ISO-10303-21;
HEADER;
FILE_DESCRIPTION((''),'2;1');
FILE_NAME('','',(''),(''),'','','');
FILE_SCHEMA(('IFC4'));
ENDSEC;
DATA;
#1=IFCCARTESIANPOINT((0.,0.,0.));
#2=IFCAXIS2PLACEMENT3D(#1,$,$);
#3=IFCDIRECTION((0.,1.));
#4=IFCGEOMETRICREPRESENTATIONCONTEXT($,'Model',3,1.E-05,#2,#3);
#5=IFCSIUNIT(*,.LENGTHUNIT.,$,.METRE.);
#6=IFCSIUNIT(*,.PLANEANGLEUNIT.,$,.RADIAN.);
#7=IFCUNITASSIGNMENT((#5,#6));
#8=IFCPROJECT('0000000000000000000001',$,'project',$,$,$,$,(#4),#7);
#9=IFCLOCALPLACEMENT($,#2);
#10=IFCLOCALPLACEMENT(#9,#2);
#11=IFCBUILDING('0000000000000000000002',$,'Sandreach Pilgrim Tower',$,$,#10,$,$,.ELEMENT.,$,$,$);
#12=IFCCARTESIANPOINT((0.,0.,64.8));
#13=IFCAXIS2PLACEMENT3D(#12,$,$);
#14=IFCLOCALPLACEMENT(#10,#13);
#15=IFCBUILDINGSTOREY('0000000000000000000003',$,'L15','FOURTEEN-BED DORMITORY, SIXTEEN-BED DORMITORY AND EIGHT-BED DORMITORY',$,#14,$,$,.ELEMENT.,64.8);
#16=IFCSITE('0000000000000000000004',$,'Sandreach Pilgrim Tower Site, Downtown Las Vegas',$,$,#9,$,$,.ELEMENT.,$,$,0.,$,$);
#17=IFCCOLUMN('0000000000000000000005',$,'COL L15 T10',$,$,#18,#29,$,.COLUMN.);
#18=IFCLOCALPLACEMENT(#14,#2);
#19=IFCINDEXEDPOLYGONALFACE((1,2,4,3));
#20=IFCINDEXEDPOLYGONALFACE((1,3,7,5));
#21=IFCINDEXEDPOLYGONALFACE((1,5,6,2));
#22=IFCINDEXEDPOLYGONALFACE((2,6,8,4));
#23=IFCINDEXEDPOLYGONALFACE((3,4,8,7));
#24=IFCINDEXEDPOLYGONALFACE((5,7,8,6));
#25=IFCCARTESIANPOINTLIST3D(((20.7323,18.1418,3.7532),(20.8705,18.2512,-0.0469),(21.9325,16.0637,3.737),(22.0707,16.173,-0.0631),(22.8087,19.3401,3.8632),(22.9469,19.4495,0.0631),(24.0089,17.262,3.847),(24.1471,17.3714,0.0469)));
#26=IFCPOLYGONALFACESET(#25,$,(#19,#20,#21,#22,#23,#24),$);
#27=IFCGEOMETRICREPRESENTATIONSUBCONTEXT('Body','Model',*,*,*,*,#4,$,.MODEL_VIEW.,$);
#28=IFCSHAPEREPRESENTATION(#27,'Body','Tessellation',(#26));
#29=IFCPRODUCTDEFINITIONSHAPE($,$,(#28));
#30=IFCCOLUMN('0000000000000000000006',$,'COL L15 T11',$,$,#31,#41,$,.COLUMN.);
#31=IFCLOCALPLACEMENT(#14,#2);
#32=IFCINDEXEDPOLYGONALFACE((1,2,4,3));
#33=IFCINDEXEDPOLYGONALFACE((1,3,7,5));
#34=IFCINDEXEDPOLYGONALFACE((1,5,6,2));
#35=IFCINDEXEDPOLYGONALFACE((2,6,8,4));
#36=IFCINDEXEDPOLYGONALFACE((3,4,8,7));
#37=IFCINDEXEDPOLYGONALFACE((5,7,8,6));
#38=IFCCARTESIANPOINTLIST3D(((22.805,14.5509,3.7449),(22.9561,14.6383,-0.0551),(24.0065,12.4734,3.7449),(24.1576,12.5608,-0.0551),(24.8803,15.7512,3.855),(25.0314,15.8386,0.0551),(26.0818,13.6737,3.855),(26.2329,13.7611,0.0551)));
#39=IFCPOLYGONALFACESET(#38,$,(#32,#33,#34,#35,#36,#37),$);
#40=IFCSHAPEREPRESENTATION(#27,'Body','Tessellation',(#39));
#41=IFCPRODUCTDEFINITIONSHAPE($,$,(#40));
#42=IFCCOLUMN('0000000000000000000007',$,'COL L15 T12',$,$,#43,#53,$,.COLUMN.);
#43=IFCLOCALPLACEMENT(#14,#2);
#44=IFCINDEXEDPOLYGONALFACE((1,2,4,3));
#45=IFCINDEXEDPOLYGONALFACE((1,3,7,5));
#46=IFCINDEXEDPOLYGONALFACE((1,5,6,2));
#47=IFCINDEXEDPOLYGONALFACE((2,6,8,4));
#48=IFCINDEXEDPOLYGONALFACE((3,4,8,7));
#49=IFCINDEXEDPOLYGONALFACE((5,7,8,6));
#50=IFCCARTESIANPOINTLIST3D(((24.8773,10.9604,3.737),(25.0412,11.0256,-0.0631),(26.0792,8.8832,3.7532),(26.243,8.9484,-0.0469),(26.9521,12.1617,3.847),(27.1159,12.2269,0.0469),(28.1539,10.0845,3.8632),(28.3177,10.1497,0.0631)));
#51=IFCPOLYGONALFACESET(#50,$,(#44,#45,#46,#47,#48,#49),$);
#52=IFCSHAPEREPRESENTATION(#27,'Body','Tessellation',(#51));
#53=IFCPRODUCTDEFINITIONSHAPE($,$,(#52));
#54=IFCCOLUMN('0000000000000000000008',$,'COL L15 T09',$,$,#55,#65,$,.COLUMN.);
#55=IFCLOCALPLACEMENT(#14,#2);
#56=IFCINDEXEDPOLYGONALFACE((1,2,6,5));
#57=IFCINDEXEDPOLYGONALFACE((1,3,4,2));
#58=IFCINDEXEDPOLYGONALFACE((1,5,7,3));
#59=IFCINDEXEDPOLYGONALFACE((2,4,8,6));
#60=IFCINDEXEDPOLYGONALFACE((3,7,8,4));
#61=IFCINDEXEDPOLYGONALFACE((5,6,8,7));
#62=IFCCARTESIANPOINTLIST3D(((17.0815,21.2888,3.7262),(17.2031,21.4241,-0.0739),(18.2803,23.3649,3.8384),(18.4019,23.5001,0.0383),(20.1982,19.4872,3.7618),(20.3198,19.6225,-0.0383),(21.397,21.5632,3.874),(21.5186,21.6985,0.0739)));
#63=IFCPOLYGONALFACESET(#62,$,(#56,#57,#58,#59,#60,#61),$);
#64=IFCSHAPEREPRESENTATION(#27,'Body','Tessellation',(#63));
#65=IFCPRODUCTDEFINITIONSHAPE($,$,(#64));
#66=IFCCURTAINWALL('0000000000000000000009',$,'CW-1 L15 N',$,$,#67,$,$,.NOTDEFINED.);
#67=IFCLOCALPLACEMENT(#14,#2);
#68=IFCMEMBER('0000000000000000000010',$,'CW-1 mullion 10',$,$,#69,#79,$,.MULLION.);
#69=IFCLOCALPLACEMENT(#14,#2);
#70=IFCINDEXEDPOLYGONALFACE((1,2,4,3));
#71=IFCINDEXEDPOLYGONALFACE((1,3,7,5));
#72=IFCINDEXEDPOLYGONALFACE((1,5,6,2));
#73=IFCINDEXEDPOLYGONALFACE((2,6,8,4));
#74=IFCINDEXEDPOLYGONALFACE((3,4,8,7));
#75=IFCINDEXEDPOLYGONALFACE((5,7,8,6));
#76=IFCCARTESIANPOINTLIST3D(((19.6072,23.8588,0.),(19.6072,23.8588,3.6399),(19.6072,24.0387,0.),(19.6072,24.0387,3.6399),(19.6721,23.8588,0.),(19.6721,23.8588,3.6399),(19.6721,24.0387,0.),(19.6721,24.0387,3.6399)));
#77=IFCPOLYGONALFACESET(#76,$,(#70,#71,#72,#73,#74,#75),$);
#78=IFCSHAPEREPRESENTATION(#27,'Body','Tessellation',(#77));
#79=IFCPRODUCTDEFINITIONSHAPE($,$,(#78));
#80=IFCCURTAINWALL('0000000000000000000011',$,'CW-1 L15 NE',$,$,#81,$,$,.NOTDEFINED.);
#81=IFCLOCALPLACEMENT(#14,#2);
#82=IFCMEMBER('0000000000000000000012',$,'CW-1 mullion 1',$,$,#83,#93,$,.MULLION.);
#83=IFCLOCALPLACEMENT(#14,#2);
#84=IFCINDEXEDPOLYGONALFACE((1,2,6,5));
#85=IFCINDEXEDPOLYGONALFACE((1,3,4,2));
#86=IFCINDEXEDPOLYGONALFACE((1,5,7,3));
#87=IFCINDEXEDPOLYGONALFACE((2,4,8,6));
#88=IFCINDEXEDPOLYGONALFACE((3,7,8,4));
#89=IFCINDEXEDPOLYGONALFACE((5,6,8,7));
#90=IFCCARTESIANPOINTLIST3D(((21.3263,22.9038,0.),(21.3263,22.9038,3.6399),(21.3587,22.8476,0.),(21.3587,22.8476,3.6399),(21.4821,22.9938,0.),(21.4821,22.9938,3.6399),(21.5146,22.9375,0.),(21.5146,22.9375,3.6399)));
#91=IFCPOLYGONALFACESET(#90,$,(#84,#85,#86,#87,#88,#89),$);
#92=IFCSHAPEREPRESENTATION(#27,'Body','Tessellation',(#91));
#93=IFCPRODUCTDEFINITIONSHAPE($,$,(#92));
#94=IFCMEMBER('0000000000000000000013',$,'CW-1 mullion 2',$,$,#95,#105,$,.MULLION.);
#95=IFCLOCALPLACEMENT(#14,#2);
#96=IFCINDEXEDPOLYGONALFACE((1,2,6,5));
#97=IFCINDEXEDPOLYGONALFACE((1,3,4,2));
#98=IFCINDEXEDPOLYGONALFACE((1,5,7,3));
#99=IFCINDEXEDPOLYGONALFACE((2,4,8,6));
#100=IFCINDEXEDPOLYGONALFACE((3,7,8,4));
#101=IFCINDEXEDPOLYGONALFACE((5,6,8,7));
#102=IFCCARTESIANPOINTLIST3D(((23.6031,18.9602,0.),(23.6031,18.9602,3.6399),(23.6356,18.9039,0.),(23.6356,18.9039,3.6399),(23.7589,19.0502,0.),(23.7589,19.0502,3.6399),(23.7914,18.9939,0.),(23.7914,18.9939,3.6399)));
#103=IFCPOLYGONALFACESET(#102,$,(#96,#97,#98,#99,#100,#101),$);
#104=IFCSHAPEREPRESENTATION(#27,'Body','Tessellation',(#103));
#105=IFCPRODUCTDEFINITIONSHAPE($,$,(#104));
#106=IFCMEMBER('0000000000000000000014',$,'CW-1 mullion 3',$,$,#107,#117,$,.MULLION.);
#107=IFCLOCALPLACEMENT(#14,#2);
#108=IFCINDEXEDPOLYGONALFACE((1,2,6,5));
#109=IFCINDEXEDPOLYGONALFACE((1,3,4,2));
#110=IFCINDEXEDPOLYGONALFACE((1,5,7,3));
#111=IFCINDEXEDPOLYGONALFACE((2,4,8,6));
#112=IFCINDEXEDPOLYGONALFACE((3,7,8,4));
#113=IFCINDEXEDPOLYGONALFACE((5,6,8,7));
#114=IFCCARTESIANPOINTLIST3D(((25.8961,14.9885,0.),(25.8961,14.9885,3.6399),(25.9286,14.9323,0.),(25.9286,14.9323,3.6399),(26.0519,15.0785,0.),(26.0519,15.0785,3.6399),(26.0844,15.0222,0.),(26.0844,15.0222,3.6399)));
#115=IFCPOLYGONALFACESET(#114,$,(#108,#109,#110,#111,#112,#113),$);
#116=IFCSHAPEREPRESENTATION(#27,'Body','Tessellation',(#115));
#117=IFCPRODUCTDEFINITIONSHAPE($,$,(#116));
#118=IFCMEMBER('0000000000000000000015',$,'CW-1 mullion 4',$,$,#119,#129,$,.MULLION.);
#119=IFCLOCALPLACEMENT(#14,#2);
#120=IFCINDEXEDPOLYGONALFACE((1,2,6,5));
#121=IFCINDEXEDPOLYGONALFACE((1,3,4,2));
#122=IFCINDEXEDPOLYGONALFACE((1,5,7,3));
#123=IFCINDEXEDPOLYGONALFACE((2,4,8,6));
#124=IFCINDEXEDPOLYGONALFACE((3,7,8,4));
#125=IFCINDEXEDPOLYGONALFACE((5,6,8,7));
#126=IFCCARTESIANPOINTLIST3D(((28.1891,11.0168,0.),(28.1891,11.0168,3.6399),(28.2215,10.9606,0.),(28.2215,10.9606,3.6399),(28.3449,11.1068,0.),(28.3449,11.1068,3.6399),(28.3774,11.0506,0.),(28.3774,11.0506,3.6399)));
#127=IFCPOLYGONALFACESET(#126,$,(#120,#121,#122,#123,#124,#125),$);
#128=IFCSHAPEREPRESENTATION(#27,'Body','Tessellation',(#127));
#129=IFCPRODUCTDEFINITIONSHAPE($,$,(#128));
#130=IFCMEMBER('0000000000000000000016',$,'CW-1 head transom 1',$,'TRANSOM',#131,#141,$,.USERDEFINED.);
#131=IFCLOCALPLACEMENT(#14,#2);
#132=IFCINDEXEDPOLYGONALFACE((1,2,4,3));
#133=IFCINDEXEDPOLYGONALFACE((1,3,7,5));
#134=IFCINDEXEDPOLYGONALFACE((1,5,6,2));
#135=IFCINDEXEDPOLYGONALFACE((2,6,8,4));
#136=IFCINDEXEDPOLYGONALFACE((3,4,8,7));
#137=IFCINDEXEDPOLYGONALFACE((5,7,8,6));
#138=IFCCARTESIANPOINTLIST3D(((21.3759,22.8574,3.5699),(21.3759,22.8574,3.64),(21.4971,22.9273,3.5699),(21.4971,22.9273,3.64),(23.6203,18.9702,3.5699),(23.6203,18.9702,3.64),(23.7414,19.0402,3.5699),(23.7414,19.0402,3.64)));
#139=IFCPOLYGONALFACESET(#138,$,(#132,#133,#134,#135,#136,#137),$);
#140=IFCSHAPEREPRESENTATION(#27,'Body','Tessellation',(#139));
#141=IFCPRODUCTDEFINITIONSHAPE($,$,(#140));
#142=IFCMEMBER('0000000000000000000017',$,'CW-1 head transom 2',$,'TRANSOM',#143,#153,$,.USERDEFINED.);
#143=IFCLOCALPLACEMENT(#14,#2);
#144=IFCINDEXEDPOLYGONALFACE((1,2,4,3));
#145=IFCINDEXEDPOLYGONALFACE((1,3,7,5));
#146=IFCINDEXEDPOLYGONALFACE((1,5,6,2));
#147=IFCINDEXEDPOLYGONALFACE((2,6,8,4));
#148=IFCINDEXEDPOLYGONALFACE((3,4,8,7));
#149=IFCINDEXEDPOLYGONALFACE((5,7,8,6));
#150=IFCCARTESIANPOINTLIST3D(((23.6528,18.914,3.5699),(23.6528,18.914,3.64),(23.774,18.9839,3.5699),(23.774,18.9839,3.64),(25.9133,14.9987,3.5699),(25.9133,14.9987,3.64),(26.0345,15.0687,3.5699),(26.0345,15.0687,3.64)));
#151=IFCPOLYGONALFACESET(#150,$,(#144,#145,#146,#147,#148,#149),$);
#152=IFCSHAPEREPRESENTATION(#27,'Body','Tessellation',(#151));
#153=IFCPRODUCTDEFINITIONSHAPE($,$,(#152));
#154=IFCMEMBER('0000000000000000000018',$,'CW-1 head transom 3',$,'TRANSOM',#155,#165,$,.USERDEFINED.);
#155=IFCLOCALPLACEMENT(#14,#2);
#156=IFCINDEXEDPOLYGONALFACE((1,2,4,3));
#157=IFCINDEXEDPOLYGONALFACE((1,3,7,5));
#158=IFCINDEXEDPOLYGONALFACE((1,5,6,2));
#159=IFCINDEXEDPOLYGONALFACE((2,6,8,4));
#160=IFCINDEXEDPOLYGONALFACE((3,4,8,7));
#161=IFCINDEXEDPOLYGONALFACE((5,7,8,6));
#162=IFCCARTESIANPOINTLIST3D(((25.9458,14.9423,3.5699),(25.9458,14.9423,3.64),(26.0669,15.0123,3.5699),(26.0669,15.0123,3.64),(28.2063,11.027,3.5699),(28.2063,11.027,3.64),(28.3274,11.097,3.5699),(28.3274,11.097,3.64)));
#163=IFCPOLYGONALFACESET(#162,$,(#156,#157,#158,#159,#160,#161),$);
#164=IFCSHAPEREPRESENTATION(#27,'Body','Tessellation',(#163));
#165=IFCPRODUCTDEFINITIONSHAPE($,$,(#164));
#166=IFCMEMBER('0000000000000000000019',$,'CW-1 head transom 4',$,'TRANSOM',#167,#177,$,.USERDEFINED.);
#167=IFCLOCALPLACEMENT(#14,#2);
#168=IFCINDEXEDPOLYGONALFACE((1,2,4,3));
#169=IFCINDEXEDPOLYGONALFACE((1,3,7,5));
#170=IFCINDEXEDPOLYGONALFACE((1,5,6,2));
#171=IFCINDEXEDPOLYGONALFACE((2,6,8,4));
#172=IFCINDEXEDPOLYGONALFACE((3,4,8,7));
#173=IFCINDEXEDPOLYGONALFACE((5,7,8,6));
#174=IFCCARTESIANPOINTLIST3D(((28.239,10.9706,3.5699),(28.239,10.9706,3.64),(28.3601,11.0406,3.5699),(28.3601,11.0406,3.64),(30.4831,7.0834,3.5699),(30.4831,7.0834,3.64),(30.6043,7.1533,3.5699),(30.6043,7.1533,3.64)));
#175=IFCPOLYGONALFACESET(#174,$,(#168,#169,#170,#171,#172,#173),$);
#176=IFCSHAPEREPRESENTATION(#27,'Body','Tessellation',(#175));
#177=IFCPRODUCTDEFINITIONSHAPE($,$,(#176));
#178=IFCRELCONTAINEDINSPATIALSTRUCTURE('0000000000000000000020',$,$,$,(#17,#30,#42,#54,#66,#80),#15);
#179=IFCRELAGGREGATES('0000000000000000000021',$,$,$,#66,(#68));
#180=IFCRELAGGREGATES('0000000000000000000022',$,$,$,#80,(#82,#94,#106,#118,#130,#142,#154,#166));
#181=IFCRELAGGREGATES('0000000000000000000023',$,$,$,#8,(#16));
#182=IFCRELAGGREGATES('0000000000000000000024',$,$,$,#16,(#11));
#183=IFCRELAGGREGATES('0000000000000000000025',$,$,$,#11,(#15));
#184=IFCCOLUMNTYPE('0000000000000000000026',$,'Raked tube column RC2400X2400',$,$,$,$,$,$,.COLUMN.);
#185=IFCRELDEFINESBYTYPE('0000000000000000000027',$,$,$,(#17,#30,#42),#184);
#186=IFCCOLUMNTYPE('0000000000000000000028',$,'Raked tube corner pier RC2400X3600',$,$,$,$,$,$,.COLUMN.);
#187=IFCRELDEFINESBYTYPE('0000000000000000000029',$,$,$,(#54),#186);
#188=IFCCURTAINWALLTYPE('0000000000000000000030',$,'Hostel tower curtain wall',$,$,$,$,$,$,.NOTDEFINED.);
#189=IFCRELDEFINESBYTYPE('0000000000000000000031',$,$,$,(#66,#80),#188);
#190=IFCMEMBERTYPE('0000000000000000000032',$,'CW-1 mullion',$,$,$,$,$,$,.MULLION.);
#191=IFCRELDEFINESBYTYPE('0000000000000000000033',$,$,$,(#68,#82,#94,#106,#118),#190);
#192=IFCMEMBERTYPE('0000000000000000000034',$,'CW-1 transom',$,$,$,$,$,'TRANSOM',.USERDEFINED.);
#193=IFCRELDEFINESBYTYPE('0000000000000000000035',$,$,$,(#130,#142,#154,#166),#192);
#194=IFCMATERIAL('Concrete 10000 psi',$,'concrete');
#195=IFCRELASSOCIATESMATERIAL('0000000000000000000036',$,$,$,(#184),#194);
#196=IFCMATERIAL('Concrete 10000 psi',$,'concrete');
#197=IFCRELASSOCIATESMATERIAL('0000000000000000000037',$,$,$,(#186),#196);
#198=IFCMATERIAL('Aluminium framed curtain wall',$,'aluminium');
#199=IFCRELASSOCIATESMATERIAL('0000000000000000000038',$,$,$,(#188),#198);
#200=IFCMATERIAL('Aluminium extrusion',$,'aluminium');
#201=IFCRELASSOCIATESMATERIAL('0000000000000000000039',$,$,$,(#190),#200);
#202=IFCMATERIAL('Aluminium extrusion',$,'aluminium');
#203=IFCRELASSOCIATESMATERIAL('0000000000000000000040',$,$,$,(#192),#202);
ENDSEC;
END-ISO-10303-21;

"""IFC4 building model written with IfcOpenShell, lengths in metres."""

from ifc_helpers import new_model, si_unit, direction, frame, origin, origin_2d, place, context, subcontext, project, spatial, rectangle, extrude, material, material_profile, profile_set, type_object, element, aggregate, save


model = new_model("IFC4")

# Units and contexts
model_context = context("Model", 3, precision=1e-05, world=origin(), true_north=direction((0.0, 1.0)))
body_context = subcontext(model_context, "Body", "Model", "MODEL_VIEW")
ifc_project = project(units=[si_unit("LENGTHUNIT", "METRE"), si_unit("PLANEANGLEUNIT", "RADIAN")], contexts=[model_context])

# Site, building, storey
site_placement = place(None, origin())
site = spatial("IfcSite", under=ifc_project, at=site_placement, Name="Sandreach Pilgrim Tower Site, Downtown Las Vegas", CompositionType="ELEMENT", RefElevation=0.0)
building_placement = place(site_placement, origin())
building = spatial("IfcBuilding", under=site, at=building_placement, Name="Sandreach Pilgrim Tower", CompositionType="ELEMENT")
storey_placement = place(building_placement, frame((0.0, 0.0, 64.8)))
storey = spatial("IfcBuildingStorey", under=building, at=storey_placement, Name="L15", Description="FOURTEEN-BED DORMITORY, SIXTEEN-BED DORMITORY AND EIGHT-BED DORMITORY", CompositionType="ELEMENT", Elevation=64.8)

# Columns
ifc_material_1 = material(Name="Concrete 10000 psi", Category="concrete")
ifc_material_profile_1 = material_profile(ifc_material_1, rectangle(XDim=2.3999, YDim=2.3999, at=origin_2d()), Name="RC2400X2400")
ifc_profile_set_1 = profile_set([ifc_material_profile_1], Name="Concrete 10000 psi")
column_type_1 = type_object("IfcColumnType", Name="Raked tube column RC2400X2400", PredefinedType="COLUMN", material=ifc_profile_set_1)
column_1_placement = place(storey_placement, frame((22.5088, 17.8113, 0.0), z_axis=(-0.036325, -0.028752, 0.998926), x_axis=(0.865203, 0.499322, 0.045834)))
element("IfcColumn", 1, at=column_1_placement, inside=storey, type_object=column_type_1, Name="COL L15 T10", PredefinedType="COLUMN", context=body_context, shape_type="SweptSolid", body=[
    extrude(rectangle(XDim=2.3999, YDim=2.3999, at=origin_2d()), origin(), (0.0, 0.0, 1.0), 3.8042),
])
column_2_placement = place(storey_placement, frame((24.5945, 14.1997, 0.0), z_axis=(-0.039727, -0.022976, 0.998946), x_axis=(0.864738, 0.500123, 0.045892)))
element("IfcColumn", 2, at=column_2_placement, inside=storey, type_object=column_type_1, Name="COL L15 T11", PredefinedType="COLUMN", context=body_context, shape_type="SweptSolid", body=[
    extrude(rectangle(XDim=2.3999, YDim=2.3999, at=origin_2d()), origin(), (0.0, 0.0, 1.0), 3.804),
])
column_3_placement = place(storey_placement, frame((26.6794, 10.5876, 0.0), z_axis=(-0.043063, -0.017135, 0.998925), x_axis=(0.864498, 0.500541, 0.045854)))
element("IfcColumn", 3, at=column_3_placement, inside=storey, type_object=column_type_1, Name="COL L15 T12", PredefinedType="COLUMN", context=body_context, shape_type="SweptSolid", body=[
    extrude(rectangle(XDim=2.3999, YDim=2.3999, at=origin_2d()), origin(), (0.0, 0.0, 1.0), 3.8042),
])
ifc_material_2 = material(Name="Concrete 10000 psi", Category="concrete")
ifc_material_profile_2 = material_profile(ifc_material_2, rectangle(XDim=2.3999, YDim=3.6001, at=origin_2d()), Name="RC2400X3600")
ifc_profile_set_2 = profile_set([ifc_material_profile_2], Name="Concrete 10000 psi")
column_type_2 = type_object("IfcColumnType", Name="Raked tube corner pier RC2400X3600", PredefinedType="COLUMN", material=ifc_profile_set_2)
column_4_placement = place(storey_placement, frame((19.3608, 21.5613, 0.0), z_axis=(-0.031958, -0.035552, 0.998857), x_axis=(0.49952, 0.865039, 0.046771)))
element("IfcColumn", 4, at=column_4_placement, inside=storey, type_object=column_type_2, Name="COL L15 T09", PredefinedType="COLUMN", context=body_context, shape_type="SweptSolid", body=[
    extrude(rectangle(XDim=2.3999, YDim=3.6001, at=origin_2d()), origin(), (0.0, 0.0, 1.0), 3.8044),
])

# Curtain wall, member
ifc_material_3 = material(Name="Aluminium framed curtain wall", Category="aluminium")
curtain_wall_type = type_object("IfcCurtainWallType", Name="Hostel tower curtain wall", PredefinedType="NOTDEFINED", material=ifc_material_3)
curtain_wall_1_placement = place(storey_placement, origin())
curtain_wall_1 = element("IfcCurtainWall", 5, at=curtain_wall_1_placement, inside=storey, type_object=curtain_wall_type, Name="CW-1 L15 N", PredefinedType="NOTDEFINED")
ifc_material_4 = material(Name="Aluminium extrusion", Category="aluminium")
ifc_material_profile_3 = material_profile(ifc_material_4, rectangle(XDim=0.0649, YDim=0.1799, at=origin_2d()), Name="CW-1M 65X180")
ifc_profile_set_3 = profile_set([ifc_material_profile_3], Name="Aluminium extrusion")
member_type_1 = type_object("IfcMemberType", Name="CW-1 mullion", PredefinedType="MULLION", material=ifc_profile_set_3)
member_1_placement = place(storey_placement, frame((19.6396, 23.9487, 0.0), z_axis=(0.0, 0.0, 1.0), x_axis=(1.0, 0.0, 0.0)))
member_1 = element("IfcMember", 6, at=member_1_placement, type_object=member_type_1, Name="CW-1 mullion 10", PredefinedType="MULLION", context=body_context, shape_type="SweptSolid", body=[
    extrude(rectangle(XDim=0.0649, YDim=0.1799, at=origin_2d()), origin(), (0.0, 0.0, 1.0), 3.6399),
])
aggregate(curtain_wall_1, [member_1])

# Curtain wall, members
curtain_wall_2_placement = place(storey_placement, origin())
curtain_wall_2 = element("IfcCurtainWall", 7, at=curtain_wall_2_placement, inside=storey, type_object=curtain_wall_type, Name="CW-1 L15 NE", PredefinedType="NOTDEFINED")
member_2_placement = place(storey_placement, frame((21.4204, 22.9207, 0.0), z_axis=(0.0, 0.0, 1.0), x_axis=(0.5, -0.866025, 0.0)))
member_2 = element("IfcMember", 8, at=member_2_placement, type_object=member_type_1, Name="CW-1 mullion 1", PredefinedType="MULLION", context=body_context, shape_type="SweptSolid", body=[
    extrude(rectangle(XDim=0.0649, YDim=0.1799, at=origin_2d()), origin(), (0.0, 0.0, 1.0), 3.6399),
])
member_3_placement = place(storey_placement, frame((23.6973, 18.9771, 0.0), z_axis=(0.0, 0.0, 1.0), x_axis=(0.5, -0.866025, 0.0)))
member_3 = element("IfcMember", 9, at=member_3_placement, type_object=member_type_1, Name="CW-1 mullion 2", PredefinedType="MULLION", context=body_context, shape_type="SweptSolid", body=[
    extrude(rectangle(XDim=0.0649, YDim=0.1799, at=origin_2d()), origin(), (0.0, 0.0, 1.0), 3.6399),
])
member_4_placement = place(storey_placement, frame((25.9902, 15.0054, 0.0), z_axis=(0.0, 0.0, 1.0), x_axis=(0.5, -0.866025, 0.0)))
member_4 = element("IfcMember", 10, at=member_4_placement, type_object=member_type_1, Name="CW-1 mullion 3", PredefinedType="MULLION", context=body_context, shape_type="SweptSolid", body=[
    extrude(rectangle(XDim=0.0649, YDim=0.1799, at=origin_2d()), origin(), (0.0, 0.0, 1.0), 3.6399),
])
member_5_placement = place(storey_placement, frame((28.2832, 11.0337, 0.0), z_axis=(0.0, 0.0, 1.0), x_axis=(0.5, -0.866025, 0.0)))
member_5 = element("IfcMember", 11, at=member_5_placement, type_object=member_type_1, Name="CW-1 mullion 4", PredefinedType="MULLION", context=body_context, shape_type="SweptSolid", body=[
    extrude(rectangle(XDim=0.0649, YDim=0.1799, at=origin_2d()), origin(), (0.0, 0.0, 1.0), 3.6399),
])
ifc_material_5 = material(Name="Aluminium extrusion", Category="aluminium")
ifc_material_profile_4 = material_profile(ifc_material_5, rectangle(XDim=0.1399, YDim=0.0701, at=origin_2d()), Name="CW-1T 140X70")
ifc_profile_set_4 = profile_set([ifc_material_profile_4], Name="Aluminium extrusion")
member_type_2 = type_object("IfcMemberType", Name="CW-1 transom", ElementType="TRANSOM", PredefinedType="USERDEFINED", material=ifc_profile_set_4)
member_6_placement = place(storey_placement, frame((21.4365, 22.8923, 3.605), z_axis=(0.500018, -0.866015, 0.0), x_axis=(0.866015, 0.500018, 0.0)))
member_6 = element("IfcMember", 12, at=member_6_placement, type_object=member_type_2, Name="CW-1 head transom 1", ObjectType="TRANSOM", PredefinedType="USERDEFINED", context=body_context, shape_type="SweptSolid", body=[
    extrude(rectangle(XDim=0.1399, YDim=0.0701, at=origin_2d()), origin(), (0.0, 0.0, 1.0), 4.4885),
])
member_7_placement = place(storey_placement, frame((23.7134, 18.949, 3.605), z_axis=(0.500001, -0.866025, 0.0), x_axis=(0.866025, 0.500001, 0.0)))
member_7 = element("IfcMember", 13, at=member_7_placement, type_object=member_type_2, Name="CW-1 head transom 2", ObjectType="TRANSOM", PredefinedType="USERDEFINED", context=body_context, shape_type="SweptSolid", body=[
    extrude(rectangle(XDim=0.1399, YDim=0.0701, at=origin_2d()), origin(), (0.0, 0.0, 1.0), 4.521),
])
member_8_placement = place(storey_placement, frame((26.0063, 14.9773, 3.605), z_axis=(0.500001, -0.866025, 0.0), x_axis=(0.866025, 0.500001, 0.0)))
member_8 = element("IfcMember", 14, at=member_8_placement, type_object=member_type_2, Name="CW-1 head transom 3", ObjectType="TRANSOM", PredefinedType="USERDEFINED", context=body_context, shape_type="SweptSolid", body=[
    extrude(rectangle(XDim=0.1399, YDim=0.0701, at=origin_2d()), origin(), (0.0, 0.0, 1.0), 4.521),
])
member_9_placement = place(storey_placement, frame((28.2996, 11.0056, 3.605), z_axis=(0.499977, -0.866039, 0.0), x_axis=(0.866039, 0.499977, 0.0)))
member_9 = element("IfcMember", 15, at=member_9_placement, type_object=member_type_2, Name="CW-1 head transom 4", ObjectType="TRANSOM", PredefinedType="USERDEFINED", context=body_context, shape_type="SweptSolid", body=[
    extrude(rectangle(XDim=0.1399, YDim=0.0701, at=origin_2d()), origin(), (0.0, 0.0, 1.0), 4.4885),
])

aggregate(curtain_wall_2, [member_2, member_3, member_4, member_5, member_6, member_7, member_8, member_9])

save(model, "model.ifc")
